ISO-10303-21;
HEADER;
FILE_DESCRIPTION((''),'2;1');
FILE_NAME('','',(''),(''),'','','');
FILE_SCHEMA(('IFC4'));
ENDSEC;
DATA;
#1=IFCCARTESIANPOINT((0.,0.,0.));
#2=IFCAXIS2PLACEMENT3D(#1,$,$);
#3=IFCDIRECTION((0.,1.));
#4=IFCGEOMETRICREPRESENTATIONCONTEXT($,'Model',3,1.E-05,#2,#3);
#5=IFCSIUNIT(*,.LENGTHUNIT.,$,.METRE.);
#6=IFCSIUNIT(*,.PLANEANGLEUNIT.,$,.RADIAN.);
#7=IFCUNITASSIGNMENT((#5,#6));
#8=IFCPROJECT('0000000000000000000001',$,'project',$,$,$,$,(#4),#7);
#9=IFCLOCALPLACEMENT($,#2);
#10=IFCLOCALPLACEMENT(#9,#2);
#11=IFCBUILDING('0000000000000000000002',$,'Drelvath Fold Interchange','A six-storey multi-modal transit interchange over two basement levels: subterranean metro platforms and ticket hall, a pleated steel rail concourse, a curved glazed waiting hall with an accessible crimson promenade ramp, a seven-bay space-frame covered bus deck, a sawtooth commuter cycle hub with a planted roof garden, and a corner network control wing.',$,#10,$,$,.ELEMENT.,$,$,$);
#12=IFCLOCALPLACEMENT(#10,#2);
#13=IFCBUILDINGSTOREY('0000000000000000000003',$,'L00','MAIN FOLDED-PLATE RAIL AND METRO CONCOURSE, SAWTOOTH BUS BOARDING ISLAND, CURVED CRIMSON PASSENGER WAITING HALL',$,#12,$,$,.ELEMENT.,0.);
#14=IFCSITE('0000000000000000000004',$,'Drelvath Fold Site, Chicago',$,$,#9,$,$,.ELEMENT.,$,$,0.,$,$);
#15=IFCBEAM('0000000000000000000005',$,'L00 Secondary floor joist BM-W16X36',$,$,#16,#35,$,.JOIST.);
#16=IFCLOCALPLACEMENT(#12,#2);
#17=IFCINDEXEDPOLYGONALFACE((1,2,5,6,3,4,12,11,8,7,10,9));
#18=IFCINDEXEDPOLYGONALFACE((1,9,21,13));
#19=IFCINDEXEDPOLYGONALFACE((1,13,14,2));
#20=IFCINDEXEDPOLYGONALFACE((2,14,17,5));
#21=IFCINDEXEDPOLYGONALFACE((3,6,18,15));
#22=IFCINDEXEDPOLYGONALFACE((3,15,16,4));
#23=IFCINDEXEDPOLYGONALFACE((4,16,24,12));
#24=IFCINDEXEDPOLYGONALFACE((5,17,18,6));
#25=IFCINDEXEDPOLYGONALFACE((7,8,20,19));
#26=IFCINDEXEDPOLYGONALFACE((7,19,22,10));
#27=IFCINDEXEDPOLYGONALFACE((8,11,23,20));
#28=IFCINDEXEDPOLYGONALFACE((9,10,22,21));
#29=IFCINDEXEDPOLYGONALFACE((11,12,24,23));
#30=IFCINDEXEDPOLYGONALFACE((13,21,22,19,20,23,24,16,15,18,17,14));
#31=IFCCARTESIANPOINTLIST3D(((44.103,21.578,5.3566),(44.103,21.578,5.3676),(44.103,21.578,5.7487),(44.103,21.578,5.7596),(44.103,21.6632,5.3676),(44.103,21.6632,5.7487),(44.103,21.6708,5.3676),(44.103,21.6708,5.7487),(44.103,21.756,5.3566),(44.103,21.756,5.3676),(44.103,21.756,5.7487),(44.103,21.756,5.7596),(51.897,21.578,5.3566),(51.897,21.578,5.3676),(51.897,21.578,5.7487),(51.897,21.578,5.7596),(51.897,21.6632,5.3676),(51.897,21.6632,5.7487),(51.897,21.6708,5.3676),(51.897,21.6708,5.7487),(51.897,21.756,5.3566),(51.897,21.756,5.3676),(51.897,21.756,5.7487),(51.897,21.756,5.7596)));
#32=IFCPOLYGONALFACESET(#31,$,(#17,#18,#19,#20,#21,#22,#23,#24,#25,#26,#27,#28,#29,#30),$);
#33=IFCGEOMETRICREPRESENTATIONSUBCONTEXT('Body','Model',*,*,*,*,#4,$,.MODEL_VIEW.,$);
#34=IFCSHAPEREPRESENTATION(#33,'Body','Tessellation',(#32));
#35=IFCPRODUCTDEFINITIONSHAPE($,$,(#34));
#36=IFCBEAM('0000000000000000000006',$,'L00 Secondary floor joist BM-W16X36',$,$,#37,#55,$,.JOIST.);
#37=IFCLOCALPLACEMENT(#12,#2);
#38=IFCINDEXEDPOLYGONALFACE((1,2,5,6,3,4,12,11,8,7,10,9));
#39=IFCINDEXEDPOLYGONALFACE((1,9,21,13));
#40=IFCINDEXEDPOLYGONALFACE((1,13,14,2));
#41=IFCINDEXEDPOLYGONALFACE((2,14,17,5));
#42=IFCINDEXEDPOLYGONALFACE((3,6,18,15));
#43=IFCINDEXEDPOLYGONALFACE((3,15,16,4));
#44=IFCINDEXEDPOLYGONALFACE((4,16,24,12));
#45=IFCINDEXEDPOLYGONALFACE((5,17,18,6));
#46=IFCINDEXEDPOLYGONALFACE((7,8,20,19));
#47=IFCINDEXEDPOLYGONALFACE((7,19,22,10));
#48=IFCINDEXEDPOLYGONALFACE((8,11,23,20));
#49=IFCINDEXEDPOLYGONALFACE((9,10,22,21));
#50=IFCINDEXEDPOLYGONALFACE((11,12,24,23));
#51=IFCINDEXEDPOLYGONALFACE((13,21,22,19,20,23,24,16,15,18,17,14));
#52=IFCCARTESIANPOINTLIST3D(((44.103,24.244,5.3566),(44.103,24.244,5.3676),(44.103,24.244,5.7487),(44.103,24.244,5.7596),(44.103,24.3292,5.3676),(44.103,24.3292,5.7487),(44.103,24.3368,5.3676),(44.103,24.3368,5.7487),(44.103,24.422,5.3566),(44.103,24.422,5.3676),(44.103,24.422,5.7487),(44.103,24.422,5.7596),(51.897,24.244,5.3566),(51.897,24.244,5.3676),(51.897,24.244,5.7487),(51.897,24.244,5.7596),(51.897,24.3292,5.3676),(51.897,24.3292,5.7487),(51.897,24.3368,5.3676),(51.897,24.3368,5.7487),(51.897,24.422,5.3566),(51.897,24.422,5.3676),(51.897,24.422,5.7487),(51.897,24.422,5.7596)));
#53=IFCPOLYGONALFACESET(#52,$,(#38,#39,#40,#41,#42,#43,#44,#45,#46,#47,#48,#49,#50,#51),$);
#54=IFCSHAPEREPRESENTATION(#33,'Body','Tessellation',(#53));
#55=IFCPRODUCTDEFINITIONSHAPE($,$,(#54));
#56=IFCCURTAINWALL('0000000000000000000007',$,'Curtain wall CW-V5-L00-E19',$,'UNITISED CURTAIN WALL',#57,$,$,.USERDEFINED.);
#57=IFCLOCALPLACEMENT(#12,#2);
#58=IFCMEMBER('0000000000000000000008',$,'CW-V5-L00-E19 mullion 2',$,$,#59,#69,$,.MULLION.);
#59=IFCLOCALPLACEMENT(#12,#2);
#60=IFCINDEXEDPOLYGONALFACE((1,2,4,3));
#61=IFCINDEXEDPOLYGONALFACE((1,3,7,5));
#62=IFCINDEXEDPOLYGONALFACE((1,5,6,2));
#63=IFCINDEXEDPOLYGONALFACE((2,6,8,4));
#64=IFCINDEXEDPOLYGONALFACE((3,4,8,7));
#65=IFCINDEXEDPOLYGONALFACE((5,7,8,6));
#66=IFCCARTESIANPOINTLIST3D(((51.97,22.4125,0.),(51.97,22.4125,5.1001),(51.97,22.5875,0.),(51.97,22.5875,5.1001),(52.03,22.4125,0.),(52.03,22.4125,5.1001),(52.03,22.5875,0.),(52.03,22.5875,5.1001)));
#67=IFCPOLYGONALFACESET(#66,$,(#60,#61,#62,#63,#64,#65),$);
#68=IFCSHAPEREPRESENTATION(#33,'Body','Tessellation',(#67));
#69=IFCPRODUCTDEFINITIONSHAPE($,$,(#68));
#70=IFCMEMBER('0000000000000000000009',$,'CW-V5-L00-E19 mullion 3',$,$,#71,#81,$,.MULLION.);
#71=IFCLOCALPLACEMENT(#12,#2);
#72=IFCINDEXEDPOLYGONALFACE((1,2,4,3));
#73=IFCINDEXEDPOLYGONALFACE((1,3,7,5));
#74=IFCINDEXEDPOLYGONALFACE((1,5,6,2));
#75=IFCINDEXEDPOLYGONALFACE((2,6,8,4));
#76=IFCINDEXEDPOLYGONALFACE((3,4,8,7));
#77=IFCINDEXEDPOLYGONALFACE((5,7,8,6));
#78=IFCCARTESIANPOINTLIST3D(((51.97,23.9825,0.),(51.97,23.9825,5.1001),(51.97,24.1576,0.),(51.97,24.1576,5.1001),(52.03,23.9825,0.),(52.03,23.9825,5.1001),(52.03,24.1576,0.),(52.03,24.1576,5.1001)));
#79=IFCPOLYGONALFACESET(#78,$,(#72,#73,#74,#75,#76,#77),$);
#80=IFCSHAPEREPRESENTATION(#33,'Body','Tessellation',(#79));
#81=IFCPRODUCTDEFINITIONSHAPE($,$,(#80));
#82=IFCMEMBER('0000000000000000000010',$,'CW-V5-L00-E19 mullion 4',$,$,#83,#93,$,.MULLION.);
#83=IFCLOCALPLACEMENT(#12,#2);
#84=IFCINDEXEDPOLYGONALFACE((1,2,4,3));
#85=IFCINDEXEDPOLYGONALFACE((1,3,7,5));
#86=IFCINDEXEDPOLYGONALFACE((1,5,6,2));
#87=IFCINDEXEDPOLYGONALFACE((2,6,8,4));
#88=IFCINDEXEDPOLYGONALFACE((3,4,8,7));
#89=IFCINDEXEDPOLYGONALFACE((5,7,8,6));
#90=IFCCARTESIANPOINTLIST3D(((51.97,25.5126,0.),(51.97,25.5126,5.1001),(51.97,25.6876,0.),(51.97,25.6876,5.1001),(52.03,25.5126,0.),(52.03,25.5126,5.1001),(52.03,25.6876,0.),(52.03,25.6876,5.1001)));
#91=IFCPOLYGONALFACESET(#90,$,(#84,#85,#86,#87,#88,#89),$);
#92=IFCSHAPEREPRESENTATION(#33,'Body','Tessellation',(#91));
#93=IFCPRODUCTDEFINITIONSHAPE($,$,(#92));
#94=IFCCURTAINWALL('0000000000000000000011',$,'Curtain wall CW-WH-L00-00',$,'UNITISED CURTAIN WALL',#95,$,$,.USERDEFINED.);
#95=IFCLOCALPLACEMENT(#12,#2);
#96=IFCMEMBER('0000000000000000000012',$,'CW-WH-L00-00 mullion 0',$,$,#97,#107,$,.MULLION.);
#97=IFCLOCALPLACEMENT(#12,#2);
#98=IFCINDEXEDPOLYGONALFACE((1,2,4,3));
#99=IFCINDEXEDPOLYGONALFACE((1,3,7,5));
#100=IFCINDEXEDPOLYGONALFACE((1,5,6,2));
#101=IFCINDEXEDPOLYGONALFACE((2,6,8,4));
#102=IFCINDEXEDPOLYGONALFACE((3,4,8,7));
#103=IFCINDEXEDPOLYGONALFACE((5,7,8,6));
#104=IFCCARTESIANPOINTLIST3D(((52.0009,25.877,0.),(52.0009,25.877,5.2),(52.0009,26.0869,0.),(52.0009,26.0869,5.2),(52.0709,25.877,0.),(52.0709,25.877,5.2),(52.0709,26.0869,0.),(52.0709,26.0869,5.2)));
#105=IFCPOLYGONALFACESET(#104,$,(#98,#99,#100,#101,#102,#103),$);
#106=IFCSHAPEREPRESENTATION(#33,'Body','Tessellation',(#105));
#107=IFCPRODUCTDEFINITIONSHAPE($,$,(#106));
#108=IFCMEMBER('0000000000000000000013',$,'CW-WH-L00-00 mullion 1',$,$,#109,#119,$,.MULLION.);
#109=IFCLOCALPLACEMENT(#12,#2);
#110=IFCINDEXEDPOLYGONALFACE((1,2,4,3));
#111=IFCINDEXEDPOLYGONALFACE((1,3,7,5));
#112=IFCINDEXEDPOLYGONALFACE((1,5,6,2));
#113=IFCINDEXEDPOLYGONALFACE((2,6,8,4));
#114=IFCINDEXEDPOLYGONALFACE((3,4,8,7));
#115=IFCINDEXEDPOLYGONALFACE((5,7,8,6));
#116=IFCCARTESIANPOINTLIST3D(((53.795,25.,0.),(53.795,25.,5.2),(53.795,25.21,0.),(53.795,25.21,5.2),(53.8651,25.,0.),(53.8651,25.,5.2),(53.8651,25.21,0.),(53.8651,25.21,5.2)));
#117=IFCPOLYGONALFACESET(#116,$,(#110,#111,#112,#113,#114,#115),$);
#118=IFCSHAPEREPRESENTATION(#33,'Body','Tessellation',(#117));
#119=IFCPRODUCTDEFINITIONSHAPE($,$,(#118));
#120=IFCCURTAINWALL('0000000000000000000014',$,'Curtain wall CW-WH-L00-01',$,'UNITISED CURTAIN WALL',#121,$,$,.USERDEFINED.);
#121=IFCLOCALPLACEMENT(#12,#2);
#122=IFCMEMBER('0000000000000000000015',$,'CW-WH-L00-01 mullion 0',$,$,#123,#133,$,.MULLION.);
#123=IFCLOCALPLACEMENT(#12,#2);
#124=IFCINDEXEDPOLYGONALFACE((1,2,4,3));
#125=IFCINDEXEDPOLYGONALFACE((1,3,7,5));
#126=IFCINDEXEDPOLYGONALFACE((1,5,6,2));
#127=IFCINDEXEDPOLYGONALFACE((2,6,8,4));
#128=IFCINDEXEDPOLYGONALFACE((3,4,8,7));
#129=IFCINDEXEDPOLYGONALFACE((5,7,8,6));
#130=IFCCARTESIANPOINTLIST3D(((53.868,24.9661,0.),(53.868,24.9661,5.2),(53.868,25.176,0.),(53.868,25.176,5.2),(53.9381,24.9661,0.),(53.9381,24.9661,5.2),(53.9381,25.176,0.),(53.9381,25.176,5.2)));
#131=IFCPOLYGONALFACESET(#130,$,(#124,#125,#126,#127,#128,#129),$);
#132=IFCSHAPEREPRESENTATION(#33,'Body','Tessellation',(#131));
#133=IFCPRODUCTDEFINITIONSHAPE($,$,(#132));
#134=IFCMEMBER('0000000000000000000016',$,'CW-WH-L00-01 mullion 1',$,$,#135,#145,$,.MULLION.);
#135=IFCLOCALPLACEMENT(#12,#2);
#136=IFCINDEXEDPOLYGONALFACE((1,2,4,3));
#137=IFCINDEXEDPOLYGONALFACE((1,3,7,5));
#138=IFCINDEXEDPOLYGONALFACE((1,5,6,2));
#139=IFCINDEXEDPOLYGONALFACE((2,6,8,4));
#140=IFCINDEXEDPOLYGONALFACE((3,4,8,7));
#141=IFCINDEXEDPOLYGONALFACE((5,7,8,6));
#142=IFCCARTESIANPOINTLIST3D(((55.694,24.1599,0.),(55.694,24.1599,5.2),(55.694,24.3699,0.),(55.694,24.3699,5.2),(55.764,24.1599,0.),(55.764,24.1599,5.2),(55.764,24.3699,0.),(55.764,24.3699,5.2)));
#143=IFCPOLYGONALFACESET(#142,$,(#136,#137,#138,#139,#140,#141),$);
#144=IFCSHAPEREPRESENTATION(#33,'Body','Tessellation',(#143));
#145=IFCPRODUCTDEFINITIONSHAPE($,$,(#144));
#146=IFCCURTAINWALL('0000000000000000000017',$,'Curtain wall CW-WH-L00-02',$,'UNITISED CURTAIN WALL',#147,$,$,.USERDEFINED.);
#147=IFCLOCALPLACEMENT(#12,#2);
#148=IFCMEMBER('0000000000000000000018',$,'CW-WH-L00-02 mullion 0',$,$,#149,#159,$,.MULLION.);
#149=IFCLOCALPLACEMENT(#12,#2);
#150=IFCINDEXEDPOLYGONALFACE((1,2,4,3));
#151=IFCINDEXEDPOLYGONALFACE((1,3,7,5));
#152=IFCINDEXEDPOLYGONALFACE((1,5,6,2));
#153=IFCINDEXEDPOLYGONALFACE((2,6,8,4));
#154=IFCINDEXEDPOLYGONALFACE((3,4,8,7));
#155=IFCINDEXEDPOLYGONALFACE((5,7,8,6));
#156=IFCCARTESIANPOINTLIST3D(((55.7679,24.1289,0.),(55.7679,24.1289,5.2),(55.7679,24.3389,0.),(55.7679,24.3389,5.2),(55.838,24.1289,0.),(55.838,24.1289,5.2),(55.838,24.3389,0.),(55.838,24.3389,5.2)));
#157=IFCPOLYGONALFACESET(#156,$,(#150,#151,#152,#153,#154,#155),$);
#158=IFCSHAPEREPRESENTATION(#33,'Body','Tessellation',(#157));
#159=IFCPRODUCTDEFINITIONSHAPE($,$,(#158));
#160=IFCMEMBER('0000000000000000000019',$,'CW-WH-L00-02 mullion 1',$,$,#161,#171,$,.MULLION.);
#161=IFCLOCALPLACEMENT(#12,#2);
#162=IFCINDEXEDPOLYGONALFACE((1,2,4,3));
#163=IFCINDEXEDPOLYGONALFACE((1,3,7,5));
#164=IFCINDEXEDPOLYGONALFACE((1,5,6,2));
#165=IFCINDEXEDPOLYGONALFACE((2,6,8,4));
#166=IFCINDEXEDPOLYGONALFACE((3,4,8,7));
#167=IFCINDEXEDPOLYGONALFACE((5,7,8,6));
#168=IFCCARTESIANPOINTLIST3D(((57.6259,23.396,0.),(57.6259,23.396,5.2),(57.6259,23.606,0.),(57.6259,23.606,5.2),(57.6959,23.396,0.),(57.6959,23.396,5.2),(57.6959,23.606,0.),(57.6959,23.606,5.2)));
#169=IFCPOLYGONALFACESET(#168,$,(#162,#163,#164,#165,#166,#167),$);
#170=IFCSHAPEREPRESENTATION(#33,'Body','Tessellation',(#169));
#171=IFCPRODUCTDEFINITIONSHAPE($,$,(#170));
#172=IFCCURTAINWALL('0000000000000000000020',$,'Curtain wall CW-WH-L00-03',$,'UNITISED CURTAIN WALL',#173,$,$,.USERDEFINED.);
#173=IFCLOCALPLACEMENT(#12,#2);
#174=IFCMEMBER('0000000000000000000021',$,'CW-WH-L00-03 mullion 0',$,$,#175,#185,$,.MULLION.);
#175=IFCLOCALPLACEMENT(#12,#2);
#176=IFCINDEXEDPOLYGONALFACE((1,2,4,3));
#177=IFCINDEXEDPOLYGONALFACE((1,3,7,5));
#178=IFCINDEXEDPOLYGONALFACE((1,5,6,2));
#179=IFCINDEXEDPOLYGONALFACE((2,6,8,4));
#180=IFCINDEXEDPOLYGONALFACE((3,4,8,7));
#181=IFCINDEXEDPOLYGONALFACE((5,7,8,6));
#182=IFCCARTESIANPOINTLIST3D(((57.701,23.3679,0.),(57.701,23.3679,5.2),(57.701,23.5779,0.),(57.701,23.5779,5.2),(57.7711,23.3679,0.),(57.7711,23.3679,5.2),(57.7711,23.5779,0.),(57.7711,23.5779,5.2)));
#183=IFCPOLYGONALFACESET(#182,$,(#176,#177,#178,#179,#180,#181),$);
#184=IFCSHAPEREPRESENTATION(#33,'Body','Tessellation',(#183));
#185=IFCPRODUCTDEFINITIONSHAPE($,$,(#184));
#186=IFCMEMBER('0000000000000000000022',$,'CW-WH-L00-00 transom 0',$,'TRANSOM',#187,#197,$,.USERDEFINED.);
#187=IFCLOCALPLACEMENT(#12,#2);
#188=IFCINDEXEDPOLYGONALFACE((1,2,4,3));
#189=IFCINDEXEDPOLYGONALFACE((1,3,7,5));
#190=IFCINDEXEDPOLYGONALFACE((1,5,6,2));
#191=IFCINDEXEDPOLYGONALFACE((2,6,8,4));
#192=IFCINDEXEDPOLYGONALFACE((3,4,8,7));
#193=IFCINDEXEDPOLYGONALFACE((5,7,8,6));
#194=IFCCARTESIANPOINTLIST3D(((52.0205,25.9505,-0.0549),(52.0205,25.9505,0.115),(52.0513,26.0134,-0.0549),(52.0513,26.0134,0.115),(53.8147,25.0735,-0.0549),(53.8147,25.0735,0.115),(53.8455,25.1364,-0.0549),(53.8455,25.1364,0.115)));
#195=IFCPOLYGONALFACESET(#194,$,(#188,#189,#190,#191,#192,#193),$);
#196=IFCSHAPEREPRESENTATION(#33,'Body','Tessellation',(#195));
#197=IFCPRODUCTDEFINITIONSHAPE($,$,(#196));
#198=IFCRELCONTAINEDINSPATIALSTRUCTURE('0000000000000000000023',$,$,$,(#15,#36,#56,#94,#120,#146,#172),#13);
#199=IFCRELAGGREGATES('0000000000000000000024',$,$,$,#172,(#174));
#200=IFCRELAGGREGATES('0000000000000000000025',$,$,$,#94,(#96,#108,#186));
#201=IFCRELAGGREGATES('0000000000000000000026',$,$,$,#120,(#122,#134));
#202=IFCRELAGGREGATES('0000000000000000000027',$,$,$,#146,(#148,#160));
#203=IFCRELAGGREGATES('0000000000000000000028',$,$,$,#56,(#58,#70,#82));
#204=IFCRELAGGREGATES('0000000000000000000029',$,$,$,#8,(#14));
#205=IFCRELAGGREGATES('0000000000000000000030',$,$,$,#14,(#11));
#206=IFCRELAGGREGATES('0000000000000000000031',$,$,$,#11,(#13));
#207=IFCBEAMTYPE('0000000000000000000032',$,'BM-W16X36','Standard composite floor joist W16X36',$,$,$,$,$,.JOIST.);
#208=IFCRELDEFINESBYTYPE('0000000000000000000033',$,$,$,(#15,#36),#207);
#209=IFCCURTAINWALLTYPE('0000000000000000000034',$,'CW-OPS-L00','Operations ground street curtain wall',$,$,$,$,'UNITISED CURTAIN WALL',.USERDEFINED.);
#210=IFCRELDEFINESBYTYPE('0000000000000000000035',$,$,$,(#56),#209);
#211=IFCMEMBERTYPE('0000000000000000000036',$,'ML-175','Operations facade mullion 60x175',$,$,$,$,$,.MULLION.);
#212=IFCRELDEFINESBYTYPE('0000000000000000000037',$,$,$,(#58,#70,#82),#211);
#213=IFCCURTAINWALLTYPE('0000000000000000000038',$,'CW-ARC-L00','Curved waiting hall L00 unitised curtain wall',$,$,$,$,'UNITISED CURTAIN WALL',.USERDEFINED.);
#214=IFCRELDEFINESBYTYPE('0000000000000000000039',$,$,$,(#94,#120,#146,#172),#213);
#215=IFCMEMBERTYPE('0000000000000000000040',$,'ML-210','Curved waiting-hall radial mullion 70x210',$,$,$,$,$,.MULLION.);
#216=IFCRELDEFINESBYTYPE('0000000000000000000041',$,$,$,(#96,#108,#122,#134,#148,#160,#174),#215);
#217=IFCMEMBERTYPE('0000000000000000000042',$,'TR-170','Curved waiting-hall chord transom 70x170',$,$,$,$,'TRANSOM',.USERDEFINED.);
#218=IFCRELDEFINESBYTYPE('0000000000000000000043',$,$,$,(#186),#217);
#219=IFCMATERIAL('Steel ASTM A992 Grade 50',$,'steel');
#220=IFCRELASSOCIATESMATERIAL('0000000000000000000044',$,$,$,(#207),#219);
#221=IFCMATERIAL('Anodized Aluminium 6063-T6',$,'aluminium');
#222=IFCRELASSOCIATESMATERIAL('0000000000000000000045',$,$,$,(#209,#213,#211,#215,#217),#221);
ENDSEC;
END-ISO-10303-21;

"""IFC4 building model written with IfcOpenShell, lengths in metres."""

from ifc_helpers import new_model, si_unit, direction, frame, origin, origin_2d, place, context, subcontext, project, spatial, rectangle, i_section, extrude, material, material_profile, profile_set, type_object, element, aggregate, save


model = new_model("IFC4")

# Units and contexts
model_context = context("Model", 3, precision=1e-05, world=origin(), true_north=direction((0.0, 1.0)))
body_context = subcontext(model_context, "Body", "Model", "MODEL_VIEW")
ifc_project = project(units=[si_unit("LENGTHUNIT", "METRE"), si_unit("PLANEANGLEUNIT", "RADIAN")], contexts=[model_context])

# Site, building, storey
site_placement = place(None, origin())
site = spatial("IfcSite", under=ifc_project, at=site_placement, Name="Drelvath Fold Site, Chicago", CompositionType="ELEMENT", RefElevation=0.0)
building_placement = place(site_placement, origin())
building = spatial("IfcBuilding", under=site, at=building_placement, Name="Drelvath Fold Interchange", Description="A six-storey multi-modal transit interchange over two basement levels: subterranean metro platforms and ticket hall, a pleated steel rail concourse, a curved glazed waiting hall with an accessible crimson promenade ramp, a seven-bay space-frame covered bus deck, a sawtooth commuter cycle hub with a planted roof garden, and a corner network control wing.", CompositionType="ELEMENT")
storey_placement = place(building_placement, origin())
storey = spatial("IfcBuildingStorey", under=building, at=storey_placement, Name="L00", Description="MAIN FOLDED-PLATE RAIL AND METRO CONCOURSE, SAWTOOTH BUS BOARDING ISLAND, CURVED CRIMSON PASSENGER WAITING HALL", CompositionType="ELEMENT", Elevation=0.0)

# Beams
ifc_material_1 = material(Name="Steel ASTM A992 Grade 50", Category="steel")
ifc_material_profile_1 = material_profile(ifc_material_1, i_section(OverallWidth=0.178, OverallDepth=0.4031, WebThickness=0.0076, FlangeThickness=0.011, at=origin_2d()), Name="W16X36")
ifc_profile_set_1 = profile_set([ifc_material_profile_1], Name="Steel ASTM A992 Grade 50")
beam_type = type_object("IfcBeamType", Name="BM-W16X36", Description="Standard composite floor joist W16X36", PredefinedType="JOIST", material=ifc_profile_set_1)
for number, where, z_axis, x_axis, name in (
    (1, (44.103, 21.667, 5.5581), (1.0, 0.0, 0.0), (0.0, 1.0, 0.0), "L00 Secondary floor joist BM-W16X36"),
    (2, (44.103, 24.333, 5.5581), (1.0, 0.0, 0.0), (0.0, 1.0, 0.0), "L00 Secondary floor joist BM-W16X36"),
):
    element("IfcBeam", number, at=place(storey_placement, frame(where, z_axis=z_axis, x_axis=x_axis)), inside=storey, type_object=beam_type, Name=name, PredefinedType="JOIST", context=body_context, shape_type="SweptSolid", body=[
        extrude(i_section(OverallWidth=0.178, OverallDepth=0.4031, WebThickness=0.0076, FlangeThickness=0.011, at=origin_2d()), origin(), (0.0, 0.0, 1.0), 7.7939),
    ])

# Curtain walls, members
ifc_material_2 = material(Name="Anodized Aluminium 6063-T6", Category="aluminium")
curtain_wall_type_1 = type_object("IfcCurtainWallType", Name="CW-OPS-L00", Description="Operations ground street curtain wall", ElementType="UNITISED CURTAIN WALL", PredefinedType="USERDEFINED", material=ifc_material_2)
curtain_wall_1_placement = place(storey_placement, origin())
curtain_wall_1 = element("IfcCurtainWall", 3, at=curtain_wall_1_placement, inside=storey, type_object=curtain_wall_type_1, Name="Curtain wall CW-V5-L00-E19", ObjectType="UNITISED CURTAIN WALL", PredefinedType="USERDEFINED")
ifc_material_profile_2 = material_profile(ifc_material_2, rectangle(XDim=0.0601, YDim=0.175, at=origin_2d()), Name="AL-M 60x175")
ifc_profile_set_2 = profile_set([ifc_material_profile_2], Name="Anodized Aluminium 6063-T6")
member_type_1 = type_object("IfcMemberType", Name="ML-175", Description="Operations facade mullion 60x175", PredefinedType="MULLION", material=ifc_profile_set_2)
member_1_placement = place(storey_placement, frame((52.0, 22.5, 0.0), z_axis=(0.0, 0.0, 1.0), x_axis=(1.0, 0.0, 0.0)))
member_1 = element("IfcMember", 4, at=member_1_placement, type_object=member_type_1, Name="CW-V5-L00-E19 mullion 2", PredefinedType="MULLION", context=body_context, shape_type="SweptSolid", body=[
    extrude(rectangle(XDim=0.0601, YDim=0.175, at=origin_2d()), origin(), (0.0, 0.0, 1.0), 5.1001),
])
member_2_placement = place(storey_placement, frame((52.0, 24.0701, 0.0), z_axis=(0.0, 0.0, 1.0), x_axis=(1.0, 0.0, 0.0)))
member_2 = element("IfcMember", 5, at=member_2_placement, type_object=member_type_1, Name="CW-V5-L00-E19 mullion 3", PredefinedType="MULLION", context=body_context, shape_type="SweptSolid", body=[
    extrude(rectangle(XDim=0.0601, YDim=0.175, at=origin_2d()), origin(), (0.0, 0.0, 1.0), 5.1001),
])
member_3_placement = place(storey_placement, frame((52.0, 25.6001, 0.0), z_axis=(0.0, 0.0, 1.0), x_axis=(1.0, 0.0, 0.0)))
member_3 = element("IfcMember", 6, at=member_3_placement, type_object=member_type_1, Name="CW-V5-L00-E19 mullion 4", PredefinedType="MULLION", context=body_context, shape_type="SweptSolid", body=[
    extrude(rectangle(XDim=0.0601, YDim=0.175, at=origin_2d()), origin(), (0.0, 0.0, 1.0), 5.1001),
])
curtain_wall_type_2 = type_object("IfcCurtainWallType", Name="CW-ARC-L00", Description="Curved waiting hall L00 unitised curtain wall", ElementType="UNITISED CURTAIN WALL", PredefinedType="USERDEFINED", material=ifc_material_2)
curtain_wall_2_placement = place(storey_placement, origin())
curtain_wall_2 = element("IfcCurtainWall", 7, at=curtain_wall_2_placement, inside=storey, type_object=curtain_wall_type_2, Name="Curtain wall CW-WH-L00-00", ObjectType="UNITISED CURTAIN WALL", PredefinedType="USERDEFINED")
ifc_material_profile_3 = material_profile(ifc_material_2, rectangle(XDim=0.0701, YDim=0.21, at=origin_2d()), Name="AL-M 70x210")
ifc_profile_set_3 = profile_set([ifc_material_profile_3], Name="Anodized Aluminium 6063-T6")
member_type_2 = type_object("IfcMemberType", Name="ML-210", Description="Curved waiting-hall radial mullion 70x210", PredefinedType="MULLION", material=ifc_profile_set_3)
member_4_placement = place(storey_placement, frame((52.0359, 25.9819, 0.0), z_axis=(0.0, 0.0, 1.0), x_axis=(1.0, 0.0, 0.0)))
member_4 = element("IfcMember", 8, at=member_4_placement, type_object=member_type_2, Name="CW-WH-L00-00 mullion 0", PredefinedType="MULLION", context=body_context, shape_type="SweptSolid", body=[
    extrude(rectangle(XDim=0.0701, YDim=0.21, at=origin_2d()), origin(), (0.0, 0.0, 1.0), 5.2),
])
member_5_placement = place(storey_placement, frame((53.8301, 25.105, 0.0), z_axis=(0.0, 0.0, 1.0), x_axis=(1.0, 0.0, 0.0)))
member_5 = element("IfcMember", 9, at=member_5_placement, type_object=member_type_2, Name="CW-WH-L00-00 mullion 1", PredefinedType="MULLION", context=body_context, shape_type="SweptSolid", body=[
    extrude(rectangle(XDim=0.0701, YDim=0.21, at=origin_2d()), origin(), (0.0, 0.0, 1.0), 5.2),
])
curtain_wall_3_placement = place(storey_placement, origin())
curtain_wall_3 = element("IfcCurtainWall", 10, at=curtain_wall_3_placement, inside=storey, type_object=curtain_wall_type_2, Name="Curtain wall CW-WH-L00-01", ObjectType="UNITISED CURTAIN WALL", PredefinedType="USERDEFINED")
member_6_placement = place(storey_placement, frame((53.9031, 25.071, 0.0), z_axis=(0.0, 0.0, 1.0), x_axis=(1.0, 0.0, 0.0)))
member_6 = element("IfcMember", 11, at=member_6_placement, type_object=member_type_2, Name="CW-WH-L00-01 mullion 0", PredefinedType="MULLION", context=body_context, shape_type="SweptSolid", body=[
    extrude(rectangle(XDim=0.0701, YDim=0.21, at=origin_2d()), origin(), (0.0, 0.0, 1.0), 5.2),
])
member_7_placement = place(storey_placement, frame((55.729, 24.2649, 0.0), z_axis=(0.0, 0.0, 1.0), x_axis=(1.0, 0.0, 0.0)))
member_7 = element("IfcMember", 12, at=member_7_placement, type_object=member_type_2, Name="CW-WH-L00-01 mullion 1", PredefinedType="MULLION", context=body_context, shape_type="SweptSolid", body=[
    extrude(rectangle(XDim=0.0701, YDim=0.21, at=origin_2d()), origin(), (0.0, 0.0, 1.0), 5.2),
])
curtain_wall_4_placement = place(storey_placement, origin())
curtain_wall_4 = element("IfcCurtainWall", 13, at=curtain_wall_4_placement, inside=storey, type_object=curtain_wall_type_2, Name="Curtain wall CW-WH-L00-02", ObjectType="UNITISED CURTAIN WALL", PredefinedType="USERDEFINED")
member_8_placement = place(storey_placement, frame((55.803, 24.2339, 0.0), z_axis=(0.0, 0.0, 1.0), x_axis=(1.0, 0.0, 0.0)))
member_8 = element("IfcMember", 14, at=member_8_placement, type_object=member_type_2, Name="CW-WH-L00-02 mullion 0", PredefinedType="MULLION", context=body_context, shape_type="SweptSolid", body=[
    extrude(rectangle(XDim=0.0701, YDim=0.21, at=origin_2d()), origin(), (0.0, 0.0, 1.0), 5.2),
])
member_9_placement = place(storey_placement, frame((57.6609, 23.501, 0.0), z_axis=(0.0, 0.0, 1.0), x_axis=(1.0, 0.0, 0.0)))
member_9 = element("IfcMember", 15, at=member_9_placement, type_object=member_type_2, Name="CW-WH-L00-02 mullion 1", PredefinedType="MULLION", context=body_context, shape_type="SweptSolid", body=[
    extrude(rectangle(XDim=0.0701, YDim=0.21, at=origin_2d()), origin(), (0.0, 0.0, 1.0), 5.2),
])

# Curtain wall, member
curtain_wall_5_placement = place(storey_placement, origin())
curtain_wall_5 = element("IfcCurtainWall", 16, at=curtain_wall_5_placement, inside=storey, type_object=curtain_wall_type_2, Name="Curtain wall CW-WH-L00-03", ObjectType="UNITISED CURTAIN WALL", PredefinedType="USERDEFINED")
member_10_placement = place(storey_placement, frame((57.7361, 23.4729, 0.0), z_axis=(0.0, 0.0, 1.0), x_axis=(1.0, 0.0, 0.0)))
member_10 = element("IfcMember", 17, at=member_10_placement, type_object=member_type_2, Name="CW-WH-L00-03 mullion 0", PredefinedType="MULLION", context=body_context, shape_type="SweptSolid", body=[
    extrude(rectangle(XDim=0.0701, YDim=0.21, at=origin_2d()), origin(), (0.0, 0.0, 1.0), 5.2),
])

# Member
ifc_material_profile_4 = material_profile(ifc_material_2, rectangle(XDim=0.0701, YDim=0.1699, at=origin_2d()), Name="AL-T 70x170")
ifc_profile_set_4 = profile_set([ifc_material_profile_4], Name="Anodized Aluminium 6063-T6")
member_type_3 = type_object("IfcMemberType", Name="TR-170", Description="Curved waiting-hall chord transom 70x170", ElementType="TRANSOM", PredefinedType="USERDEFINED", material=ifc_profile_set_4)
member_11_placement = place(storey_placement, frame((52.0359, 25.9819, 0.03), z_axis=(0.898425, -0.439127, 0.0), x_axis=(0.439127, 0.898425, 0.0)))
member_11 = element("IfcMember", 18, at=member_11_placement, type_object=member_type_3, Name="CW-WH-L00-00 transom 0", ObjectType="TRANSOM", PredefinedType="USERDEFINED", context=body_context, shape_type="SweptSolid", body=[
    extrude(rectangle(XDim=0.0701, YDim=0.1699, at=origin_2d()), origin(), (0.0, 0.0, 1.0), 1.9971),
])
aggregate(curtain_wall_5, [member_10])

aggregate(curtain_wall_2, [member_4, member_5, member_11])
aggregate(curtain_wall_3, [member_6, member_7])
aggregate(curtain_wall_4, [member_8, member_9])
aggregate(curtain_wall_1, [member_1, member_2, member_3])

save(model, "model.ifc")
